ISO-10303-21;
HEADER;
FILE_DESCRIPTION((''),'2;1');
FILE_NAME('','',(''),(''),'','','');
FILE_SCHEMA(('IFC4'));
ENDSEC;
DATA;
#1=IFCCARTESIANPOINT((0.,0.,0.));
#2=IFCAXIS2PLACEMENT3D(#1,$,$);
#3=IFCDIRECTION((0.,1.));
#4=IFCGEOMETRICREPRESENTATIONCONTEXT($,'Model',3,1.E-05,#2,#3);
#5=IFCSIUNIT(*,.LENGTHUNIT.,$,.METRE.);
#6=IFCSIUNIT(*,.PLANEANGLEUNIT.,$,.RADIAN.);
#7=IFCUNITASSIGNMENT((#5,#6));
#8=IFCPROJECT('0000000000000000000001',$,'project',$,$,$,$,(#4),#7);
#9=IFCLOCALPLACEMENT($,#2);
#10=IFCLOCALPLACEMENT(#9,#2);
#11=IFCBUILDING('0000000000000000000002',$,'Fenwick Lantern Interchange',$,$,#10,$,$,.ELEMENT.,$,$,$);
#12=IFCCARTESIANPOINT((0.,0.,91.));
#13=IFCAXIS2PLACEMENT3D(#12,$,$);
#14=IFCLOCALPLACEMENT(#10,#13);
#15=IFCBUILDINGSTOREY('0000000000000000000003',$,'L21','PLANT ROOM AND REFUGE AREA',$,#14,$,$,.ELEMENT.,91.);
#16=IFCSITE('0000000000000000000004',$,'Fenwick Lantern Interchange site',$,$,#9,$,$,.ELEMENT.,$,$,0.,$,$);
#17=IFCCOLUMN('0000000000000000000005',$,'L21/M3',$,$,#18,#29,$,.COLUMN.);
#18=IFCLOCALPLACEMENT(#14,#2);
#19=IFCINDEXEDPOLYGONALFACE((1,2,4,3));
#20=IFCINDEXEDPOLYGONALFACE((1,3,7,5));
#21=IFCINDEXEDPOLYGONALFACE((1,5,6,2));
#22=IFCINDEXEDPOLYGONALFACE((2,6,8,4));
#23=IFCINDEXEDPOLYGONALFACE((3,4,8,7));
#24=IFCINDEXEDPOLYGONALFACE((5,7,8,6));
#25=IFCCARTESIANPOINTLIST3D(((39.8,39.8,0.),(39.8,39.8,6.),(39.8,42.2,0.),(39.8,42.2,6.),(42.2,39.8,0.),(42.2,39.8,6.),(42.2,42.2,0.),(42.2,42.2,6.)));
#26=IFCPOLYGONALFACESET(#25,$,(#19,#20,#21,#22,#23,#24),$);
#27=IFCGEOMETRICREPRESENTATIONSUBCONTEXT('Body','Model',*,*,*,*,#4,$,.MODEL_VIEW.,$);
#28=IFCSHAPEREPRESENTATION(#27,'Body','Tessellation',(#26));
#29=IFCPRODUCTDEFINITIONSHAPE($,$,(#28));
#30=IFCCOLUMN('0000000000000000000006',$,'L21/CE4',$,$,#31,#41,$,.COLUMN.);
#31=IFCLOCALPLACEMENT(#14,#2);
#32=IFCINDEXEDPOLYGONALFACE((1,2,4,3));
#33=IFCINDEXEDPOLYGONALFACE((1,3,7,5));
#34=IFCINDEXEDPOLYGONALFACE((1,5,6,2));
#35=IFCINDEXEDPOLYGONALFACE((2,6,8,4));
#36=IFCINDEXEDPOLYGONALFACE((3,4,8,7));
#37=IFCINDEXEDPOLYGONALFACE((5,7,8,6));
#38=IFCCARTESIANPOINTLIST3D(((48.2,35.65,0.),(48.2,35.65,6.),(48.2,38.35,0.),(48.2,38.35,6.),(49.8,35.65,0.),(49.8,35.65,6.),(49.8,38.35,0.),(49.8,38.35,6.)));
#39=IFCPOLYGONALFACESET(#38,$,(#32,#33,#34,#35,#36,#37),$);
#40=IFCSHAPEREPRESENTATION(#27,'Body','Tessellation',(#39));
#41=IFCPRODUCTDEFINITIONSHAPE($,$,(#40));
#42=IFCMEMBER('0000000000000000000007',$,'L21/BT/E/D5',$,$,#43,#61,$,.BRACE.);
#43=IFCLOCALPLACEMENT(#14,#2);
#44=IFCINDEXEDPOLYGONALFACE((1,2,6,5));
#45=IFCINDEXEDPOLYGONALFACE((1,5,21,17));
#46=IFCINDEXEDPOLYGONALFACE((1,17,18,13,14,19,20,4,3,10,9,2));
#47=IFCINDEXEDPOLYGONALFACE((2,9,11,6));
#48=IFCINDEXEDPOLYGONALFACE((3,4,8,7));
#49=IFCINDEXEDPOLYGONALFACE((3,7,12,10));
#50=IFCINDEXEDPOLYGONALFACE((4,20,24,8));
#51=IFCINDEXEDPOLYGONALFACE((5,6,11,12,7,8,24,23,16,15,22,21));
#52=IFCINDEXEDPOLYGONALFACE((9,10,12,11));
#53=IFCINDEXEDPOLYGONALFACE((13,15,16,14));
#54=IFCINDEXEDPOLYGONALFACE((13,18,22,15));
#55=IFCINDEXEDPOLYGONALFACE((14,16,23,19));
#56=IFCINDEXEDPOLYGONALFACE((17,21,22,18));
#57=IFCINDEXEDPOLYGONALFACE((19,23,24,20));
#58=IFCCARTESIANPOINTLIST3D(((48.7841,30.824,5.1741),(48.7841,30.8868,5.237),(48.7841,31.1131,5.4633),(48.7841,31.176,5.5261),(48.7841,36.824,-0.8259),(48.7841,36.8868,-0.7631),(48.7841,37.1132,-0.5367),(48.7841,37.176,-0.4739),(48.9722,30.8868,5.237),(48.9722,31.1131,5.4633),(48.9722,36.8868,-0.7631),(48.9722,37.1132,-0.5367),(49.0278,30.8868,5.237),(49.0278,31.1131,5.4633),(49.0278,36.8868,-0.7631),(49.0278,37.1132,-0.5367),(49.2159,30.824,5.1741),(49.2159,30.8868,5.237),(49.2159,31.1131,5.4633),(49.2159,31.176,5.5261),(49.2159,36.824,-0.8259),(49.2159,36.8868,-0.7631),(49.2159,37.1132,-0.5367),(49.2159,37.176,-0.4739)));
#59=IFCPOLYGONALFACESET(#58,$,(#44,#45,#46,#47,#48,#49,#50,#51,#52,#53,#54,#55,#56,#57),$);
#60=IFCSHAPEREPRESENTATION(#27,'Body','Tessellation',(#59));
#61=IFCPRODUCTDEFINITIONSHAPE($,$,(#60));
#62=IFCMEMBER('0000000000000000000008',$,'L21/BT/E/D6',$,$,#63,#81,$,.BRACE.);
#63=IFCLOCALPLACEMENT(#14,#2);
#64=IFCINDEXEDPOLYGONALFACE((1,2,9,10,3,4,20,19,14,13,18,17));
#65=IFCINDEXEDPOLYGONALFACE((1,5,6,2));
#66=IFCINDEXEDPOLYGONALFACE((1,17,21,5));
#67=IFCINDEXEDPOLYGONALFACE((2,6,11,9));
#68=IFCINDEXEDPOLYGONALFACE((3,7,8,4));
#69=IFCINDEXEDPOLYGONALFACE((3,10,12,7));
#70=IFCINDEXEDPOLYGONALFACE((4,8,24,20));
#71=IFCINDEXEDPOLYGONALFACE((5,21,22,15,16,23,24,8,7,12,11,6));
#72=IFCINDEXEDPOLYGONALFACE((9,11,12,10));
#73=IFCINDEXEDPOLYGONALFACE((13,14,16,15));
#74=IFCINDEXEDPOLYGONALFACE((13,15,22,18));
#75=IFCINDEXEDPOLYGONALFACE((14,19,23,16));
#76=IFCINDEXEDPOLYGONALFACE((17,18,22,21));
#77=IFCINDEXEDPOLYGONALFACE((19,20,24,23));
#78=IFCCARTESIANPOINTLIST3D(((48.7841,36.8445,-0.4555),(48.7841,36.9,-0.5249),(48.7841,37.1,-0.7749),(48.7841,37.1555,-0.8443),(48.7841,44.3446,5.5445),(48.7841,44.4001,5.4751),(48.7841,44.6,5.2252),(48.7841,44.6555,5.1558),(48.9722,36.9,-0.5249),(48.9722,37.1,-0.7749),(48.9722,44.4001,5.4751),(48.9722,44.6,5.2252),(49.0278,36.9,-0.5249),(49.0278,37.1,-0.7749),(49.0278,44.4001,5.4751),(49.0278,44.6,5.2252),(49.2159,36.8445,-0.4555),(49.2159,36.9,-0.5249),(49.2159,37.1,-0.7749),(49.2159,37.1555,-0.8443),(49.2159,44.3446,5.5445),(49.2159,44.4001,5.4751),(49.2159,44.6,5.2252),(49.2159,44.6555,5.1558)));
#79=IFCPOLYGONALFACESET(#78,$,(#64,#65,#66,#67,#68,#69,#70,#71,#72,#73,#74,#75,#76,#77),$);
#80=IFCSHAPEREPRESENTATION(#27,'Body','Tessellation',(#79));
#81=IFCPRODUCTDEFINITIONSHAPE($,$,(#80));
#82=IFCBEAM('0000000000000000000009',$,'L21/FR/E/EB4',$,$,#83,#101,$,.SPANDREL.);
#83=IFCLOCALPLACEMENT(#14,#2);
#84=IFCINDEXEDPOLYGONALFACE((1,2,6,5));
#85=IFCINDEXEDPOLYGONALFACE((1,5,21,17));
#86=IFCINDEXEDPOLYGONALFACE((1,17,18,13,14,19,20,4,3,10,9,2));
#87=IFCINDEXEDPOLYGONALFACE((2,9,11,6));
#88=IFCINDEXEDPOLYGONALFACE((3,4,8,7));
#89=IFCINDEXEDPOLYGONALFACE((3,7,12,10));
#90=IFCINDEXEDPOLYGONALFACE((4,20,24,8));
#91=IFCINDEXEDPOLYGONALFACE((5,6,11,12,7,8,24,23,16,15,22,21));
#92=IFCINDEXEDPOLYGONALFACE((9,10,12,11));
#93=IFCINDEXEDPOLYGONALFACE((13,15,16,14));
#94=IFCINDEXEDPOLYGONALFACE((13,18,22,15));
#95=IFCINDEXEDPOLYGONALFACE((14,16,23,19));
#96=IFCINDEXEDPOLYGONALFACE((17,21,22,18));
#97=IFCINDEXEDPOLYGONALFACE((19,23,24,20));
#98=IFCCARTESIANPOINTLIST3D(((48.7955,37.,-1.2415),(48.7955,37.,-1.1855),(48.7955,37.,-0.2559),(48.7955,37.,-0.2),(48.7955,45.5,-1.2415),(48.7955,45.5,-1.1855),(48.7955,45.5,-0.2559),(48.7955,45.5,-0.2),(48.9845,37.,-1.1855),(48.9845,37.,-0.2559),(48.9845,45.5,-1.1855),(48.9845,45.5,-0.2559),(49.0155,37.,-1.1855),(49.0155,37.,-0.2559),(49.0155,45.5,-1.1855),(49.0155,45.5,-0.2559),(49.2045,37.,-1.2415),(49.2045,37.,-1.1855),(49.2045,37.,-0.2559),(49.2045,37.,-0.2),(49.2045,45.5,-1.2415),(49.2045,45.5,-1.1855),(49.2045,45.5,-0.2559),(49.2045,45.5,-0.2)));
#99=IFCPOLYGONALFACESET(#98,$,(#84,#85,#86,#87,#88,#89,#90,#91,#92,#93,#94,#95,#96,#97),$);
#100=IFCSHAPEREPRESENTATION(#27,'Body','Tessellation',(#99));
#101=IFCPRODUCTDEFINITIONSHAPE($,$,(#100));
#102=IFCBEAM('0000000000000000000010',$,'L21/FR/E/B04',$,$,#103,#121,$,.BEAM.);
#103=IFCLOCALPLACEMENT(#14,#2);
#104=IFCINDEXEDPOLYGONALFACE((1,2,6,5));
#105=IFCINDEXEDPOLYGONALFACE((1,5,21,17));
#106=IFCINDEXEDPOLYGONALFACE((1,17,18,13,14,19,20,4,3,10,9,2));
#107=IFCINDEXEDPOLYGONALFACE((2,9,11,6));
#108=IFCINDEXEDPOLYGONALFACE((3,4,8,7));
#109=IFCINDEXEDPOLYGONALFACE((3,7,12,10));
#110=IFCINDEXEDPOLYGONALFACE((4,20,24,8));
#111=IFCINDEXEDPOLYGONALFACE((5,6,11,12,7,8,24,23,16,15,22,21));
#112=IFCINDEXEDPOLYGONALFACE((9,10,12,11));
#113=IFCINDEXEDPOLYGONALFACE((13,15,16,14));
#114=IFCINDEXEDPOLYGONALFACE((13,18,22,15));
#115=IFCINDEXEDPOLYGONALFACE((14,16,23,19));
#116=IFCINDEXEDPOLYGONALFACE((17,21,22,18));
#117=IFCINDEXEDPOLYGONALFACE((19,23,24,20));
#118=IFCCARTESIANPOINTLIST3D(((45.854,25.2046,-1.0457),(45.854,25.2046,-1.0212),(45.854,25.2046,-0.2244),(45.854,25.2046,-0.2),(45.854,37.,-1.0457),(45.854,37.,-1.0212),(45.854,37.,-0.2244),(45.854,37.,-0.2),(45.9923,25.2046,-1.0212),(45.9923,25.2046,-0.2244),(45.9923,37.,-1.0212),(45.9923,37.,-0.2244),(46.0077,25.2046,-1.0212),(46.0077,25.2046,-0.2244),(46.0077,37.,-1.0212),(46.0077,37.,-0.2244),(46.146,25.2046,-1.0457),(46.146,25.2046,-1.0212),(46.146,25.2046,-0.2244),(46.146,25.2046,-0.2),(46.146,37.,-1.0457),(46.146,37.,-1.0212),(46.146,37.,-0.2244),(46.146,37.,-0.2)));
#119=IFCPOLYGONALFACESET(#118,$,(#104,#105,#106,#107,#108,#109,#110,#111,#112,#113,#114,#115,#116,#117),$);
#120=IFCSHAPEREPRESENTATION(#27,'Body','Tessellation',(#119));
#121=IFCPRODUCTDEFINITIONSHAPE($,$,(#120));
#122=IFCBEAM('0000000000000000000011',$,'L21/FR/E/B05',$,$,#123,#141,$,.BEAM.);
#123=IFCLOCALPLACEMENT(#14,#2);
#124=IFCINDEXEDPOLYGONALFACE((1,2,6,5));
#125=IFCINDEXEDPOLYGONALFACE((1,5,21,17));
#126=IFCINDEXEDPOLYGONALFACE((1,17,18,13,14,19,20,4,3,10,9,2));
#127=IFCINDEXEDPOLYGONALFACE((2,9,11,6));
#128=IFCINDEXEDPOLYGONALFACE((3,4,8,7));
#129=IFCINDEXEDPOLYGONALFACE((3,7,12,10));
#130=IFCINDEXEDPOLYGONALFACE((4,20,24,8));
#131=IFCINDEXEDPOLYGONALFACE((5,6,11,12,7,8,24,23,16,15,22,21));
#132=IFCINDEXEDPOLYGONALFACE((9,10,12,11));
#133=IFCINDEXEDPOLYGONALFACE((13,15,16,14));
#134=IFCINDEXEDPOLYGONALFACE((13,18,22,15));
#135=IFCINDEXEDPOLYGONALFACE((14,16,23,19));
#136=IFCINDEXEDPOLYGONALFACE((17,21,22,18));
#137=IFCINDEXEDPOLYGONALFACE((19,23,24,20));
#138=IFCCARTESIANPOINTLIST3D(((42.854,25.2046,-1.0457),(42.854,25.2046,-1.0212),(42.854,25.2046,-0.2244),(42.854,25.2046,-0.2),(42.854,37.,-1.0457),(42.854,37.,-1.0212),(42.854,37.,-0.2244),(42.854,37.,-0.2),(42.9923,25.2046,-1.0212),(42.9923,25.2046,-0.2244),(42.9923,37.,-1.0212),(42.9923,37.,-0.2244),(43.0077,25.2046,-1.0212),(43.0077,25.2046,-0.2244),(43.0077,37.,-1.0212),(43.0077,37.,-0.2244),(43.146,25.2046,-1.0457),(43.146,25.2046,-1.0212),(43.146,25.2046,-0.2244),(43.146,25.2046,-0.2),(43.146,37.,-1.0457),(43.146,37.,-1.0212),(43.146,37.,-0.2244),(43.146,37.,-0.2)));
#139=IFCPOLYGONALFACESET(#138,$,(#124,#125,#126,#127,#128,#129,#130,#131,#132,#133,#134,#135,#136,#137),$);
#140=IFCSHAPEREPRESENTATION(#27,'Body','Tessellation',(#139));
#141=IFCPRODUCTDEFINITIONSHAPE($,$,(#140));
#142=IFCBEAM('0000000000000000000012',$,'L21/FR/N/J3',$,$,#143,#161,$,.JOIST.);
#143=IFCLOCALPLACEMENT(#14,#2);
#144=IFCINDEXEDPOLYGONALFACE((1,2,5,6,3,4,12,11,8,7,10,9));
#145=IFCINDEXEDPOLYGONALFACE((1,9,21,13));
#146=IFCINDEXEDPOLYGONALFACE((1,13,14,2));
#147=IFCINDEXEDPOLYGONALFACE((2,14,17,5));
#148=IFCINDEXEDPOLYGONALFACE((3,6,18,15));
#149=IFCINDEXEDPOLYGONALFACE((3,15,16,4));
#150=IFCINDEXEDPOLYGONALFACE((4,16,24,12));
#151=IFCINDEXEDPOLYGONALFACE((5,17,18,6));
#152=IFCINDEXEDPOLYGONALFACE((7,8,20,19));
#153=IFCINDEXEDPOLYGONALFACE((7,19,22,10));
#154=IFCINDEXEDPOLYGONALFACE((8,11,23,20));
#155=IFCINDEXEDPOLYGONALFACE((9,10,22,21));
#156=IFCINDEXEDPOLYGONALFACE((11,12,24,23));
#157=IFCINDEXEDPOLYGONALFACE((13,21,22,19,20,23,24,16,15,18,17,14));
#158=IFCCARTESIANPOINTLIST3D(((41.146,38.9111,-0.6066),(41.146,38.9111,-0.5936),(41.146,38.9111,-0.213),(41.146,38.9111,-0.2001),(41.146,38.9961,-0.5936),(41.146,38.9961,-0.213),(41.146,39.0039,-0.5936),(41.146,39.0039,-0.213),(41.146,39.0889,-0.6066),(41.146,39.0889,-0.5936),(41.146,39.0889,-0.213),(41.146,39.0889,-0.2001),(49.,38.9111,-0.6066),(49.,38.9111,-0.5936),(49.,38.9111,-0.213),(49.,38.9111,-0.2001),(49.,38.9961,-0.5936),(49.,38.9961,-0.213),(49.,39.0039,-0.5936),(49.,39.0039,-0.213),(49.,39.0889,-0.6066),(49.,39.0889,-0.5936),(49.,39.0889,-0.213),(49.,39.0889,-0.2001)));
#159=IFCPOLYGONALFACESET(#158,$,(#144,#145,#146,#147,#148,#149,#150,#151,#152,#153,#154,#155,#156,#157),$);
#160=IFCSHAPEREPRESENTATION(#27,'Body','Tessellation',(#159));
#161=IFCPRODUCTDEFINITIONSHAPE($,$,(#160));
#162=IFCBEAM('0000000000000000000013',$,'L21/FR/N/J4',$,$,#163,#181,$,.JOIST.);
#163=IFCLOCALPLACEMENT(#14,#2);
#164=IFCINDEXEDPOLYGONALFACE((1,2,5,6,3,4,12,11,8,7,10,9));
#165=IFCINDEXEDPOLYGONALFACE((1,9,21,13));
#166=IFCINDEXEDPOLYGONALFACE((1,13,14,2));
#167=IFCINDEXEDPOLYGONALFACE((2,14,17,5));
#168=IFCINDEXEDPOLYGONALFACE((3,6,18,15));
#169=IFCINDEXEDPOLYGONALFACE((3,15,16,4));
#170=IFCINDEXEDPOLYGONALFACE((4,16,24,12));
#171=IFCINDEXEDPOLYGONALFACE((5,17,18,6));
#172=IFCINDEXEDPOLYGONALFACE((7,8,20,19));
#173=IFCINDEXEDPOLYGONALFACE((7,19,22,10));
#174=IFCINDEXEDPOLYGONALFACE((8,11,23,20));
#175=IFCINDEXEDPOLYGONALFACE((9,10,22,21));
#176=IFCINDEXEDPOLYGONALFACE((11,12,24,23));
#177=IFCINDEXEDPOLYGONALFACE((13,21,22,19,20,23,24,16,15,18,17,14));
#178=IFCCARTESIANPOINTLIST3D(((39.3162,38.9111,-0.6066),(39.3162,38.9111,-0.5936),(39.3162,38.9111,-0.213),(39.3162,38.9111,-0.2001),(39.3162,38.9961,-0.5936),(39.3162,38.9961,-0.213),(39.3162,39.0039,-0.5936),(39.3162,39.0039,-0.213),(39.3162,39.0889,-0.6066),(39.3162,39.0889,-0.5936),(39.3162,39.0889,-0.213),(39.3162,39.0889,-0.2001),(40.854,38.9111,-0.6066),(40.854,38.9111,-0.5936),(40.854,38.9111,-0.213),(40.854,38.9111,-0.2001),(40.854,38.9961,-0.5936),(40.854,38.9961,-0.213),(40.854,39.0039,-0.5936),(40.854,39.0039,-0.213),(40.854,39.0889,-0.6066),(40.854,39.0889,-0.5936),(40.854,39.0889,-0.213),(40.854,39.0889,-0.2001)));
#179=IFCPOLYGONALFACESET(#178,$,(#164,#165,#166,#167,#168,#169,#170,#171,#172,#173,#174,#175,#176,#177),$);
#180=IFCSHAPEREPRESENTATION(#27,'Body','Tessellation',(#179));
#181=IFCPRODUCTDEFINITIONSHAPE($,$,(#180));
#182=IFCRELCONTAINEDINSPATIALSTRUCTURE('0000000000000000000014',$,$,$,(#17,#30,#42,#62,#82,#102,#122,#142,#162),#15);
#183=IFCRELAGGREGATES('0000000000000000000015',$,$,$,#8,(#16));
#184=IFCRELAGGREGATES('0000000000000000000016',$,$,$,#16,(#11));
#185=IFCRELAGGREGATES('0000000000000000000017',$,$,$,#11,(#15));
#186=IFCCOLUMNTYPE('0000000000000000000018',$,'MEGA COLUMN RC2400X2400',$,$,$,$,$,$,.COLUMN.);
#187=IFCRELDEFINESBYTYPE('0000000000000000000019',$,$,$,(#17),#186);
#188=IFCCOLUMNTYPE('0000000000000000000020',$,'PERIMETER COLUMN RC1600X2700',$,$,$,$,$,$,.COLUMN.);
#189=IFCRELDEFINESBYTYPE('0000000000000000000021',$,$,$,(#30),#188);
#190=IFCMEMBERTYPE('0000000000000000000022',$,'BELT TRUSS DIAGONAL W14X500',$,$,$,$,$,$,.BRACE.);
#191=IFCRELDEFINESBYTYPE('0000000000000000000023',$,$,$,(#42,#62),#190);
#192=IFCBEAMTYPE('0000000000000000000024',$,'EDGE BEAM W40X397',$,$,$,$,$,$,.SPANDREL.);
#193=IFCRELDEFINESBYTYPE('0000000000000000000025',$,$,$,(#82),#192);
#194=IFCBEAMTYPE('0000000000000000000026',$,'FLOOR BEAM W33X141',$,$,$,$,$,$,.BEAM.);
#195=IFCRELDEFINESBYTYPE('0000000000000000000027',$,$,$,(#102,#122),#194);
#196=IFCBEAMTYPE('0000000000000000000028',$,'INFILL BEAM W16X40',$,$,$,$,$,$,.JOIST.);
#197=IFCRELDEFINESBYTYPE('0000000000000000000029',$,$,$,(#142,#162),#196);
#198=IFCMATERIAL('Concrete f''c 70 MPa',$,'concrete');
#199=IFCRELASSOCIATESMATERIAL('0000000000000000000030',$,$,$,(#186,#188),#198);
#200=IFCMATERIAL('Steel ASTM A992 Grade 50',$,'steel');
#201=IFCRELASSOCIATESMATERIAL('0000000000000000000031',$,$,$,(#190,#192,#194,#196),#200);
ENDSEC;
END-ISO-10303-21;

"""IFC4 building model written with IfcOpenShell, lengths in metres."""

from ifc_helpers import new_model, si_unit, direction, frame, origin, origin_2d, place, context, subcontext, project, spatial, rectangle, i_section, extrude, material, material_profile, profile_set, type_object, element, save


model = new_model("IFC4")

# Units and contexts
model_context = context("Model", 3, precision=1e-05, world=origin(), true_north=direction((0.0, 1.0)))
body_context = subcontext(model_context, "Body", "Model", "MODEL_VIEW")
ifc_project = project(units=[si_unit("LENGTHUNIT", "METRE"), si_unit("PLANEANGLEUNIT", "RADIAN")], contexts=[model_context])

# Site, building, storey
site_placement = place(None, origin())
site = spatial("IfcSite", under=ifc_project, at=site_placement, Name="Fenwick Lantern Interchange site", CompositionType="ELEMENT", RefElevation=0.0)
building_placement = place(site_placement, origin())
building = spatial("IfcBuilding", under=site, at=building_placement, Name="Fenwick Lantern Interchange", CompositionType="ELEMENT")
storey_placement = place(building_placement, frame((0.0, 0.0, 91.0)))
storey = spatial("IfcBuildingStorey", under=building, at=storey_placement, Name="L21", Description="PLANT ROOM AND REFUGE AREA", CompositionType="ELEMENT", Elevation=91.0)

# Columns
ifc_material_1 = material(Name="Concrete f'c 70 MPa", Category="concrete")
ifc_material_profile_1 = material_profile(ifc_material_1, rectangle(XDim=2.3999, YDim=2.3999, at=origin_2d()), Name="RC2400X2400")
ifc_profile_set_1 = profile_set([ifc_material_profile_1], Name="Concrete f'c 70 MPa")
column_type_1 = type_object("IfcColumnType", Name="MEGA COLUMN RC2400X2400", PredefinedType="COLUMN", material=ifc_profile_set_1)
column_1_placement = place(storey_placement, frame((41.0, 41.0, 0.0), z_axis=(0.0, 0.0, 1.0), x_axis=(1.0, 0.0, 0.0)))
element("IfcColumn", 1, at=column_1_placement, inside=storey, type_object=column_type_1, Name="L21/M3", PredefinedType="COLUMN", context=body_context, shape_type="SweptSolid", body=[
    extrude(rectangle(XDim=2.3999, YDim=2.3999, at=origin_2d()), origin(), (0.0, 0.0, 1.0), 6.0),
])
ifc_material_profile_2 = material_profile(ifc_material_1, rectangle(XDim=1.6001, YDim=2.7, at=origin_2d()), Name="RC1600X2700")
ifc_profile_set_2 = profile_set([ifc_material_profile_2], Name="Concrete f'c 70 MPa")
column_type_2 = type_object("IfcColumnType", Name="PERIMETER COLUMN RC1600X2700", PredefinedType="COLUMN", material=ifc_profile_set_2)
column_2_placement = place(storey_placement, frame((49.0, 37.0, 0.0), z_axis=(0.0, 0.0, 1.0), x_axis=(1.0, 0.0, 0.0)))
element("IfcColumn", 2, at=column_2_placement, inside=storey, type_object=column_type_2, Name="L21/CE4", PredefinedType="COLUMN", context=body_context, shape_type="SweptSolid", body=[
    extrude(rectangle(XDim=1.6001, YDim=2.7, at=origin_2d()), origin(), (0.0, 0.0, 1.0), 6.0),
])

# Members
ifc_material_2 = material(Name="Steel ASTM A992 Grade 50", Category="steel")
ifc_material_profile_3 = material_profile(ifc_material_2, i_section(OverallWidth=0.4319, OverallDepth=0.4978, WebThickness=0.0557, FlangeThickness=0.0889, at=origin_2d()), Name="W14X500")
ifc_profile_set_3 = profile_set([ifc_material_profile_3], Name="Steel ASTM A992 Grade 50")
member_type_1 = type_object("IfcMemberType", Name="BELT TRUSS DIAGONAL W14X500", PredefinedType="BRACE", material=ifc_profile_set_3)
member_1_placement = place(storey_placement, frame((49.0, 37.0, -0.6499), z_axis=(0.0, -0.707107, 0.707107), x_axis=(1.0, 0.0, 0.0)))
element("IfcMember", 3, at=member_1_placement, inside=storey, type_object=member_type_1, Name="L21/BT/E/D5", PredefinedType="BRACE", context=body_context, shape_type="SweptSolid", body=[
    extrude(i_section(OverallWidth=0.4319, OverallDepth=0.4978, WebThickness=0.0557, FlangeThickness=0.0889, at=origin_2d()), origin(), (0.0, 0.0, 1.0), 8.4854),
])
member_2_placement = place(storey_placement, frame((49.0, 37.0, -0.6499), z_axis=(0.0, 0.780869, 0.624695), x_axis=(-1.0, 0.0, 0.0)))
element("IfcMember", 4, at=member_2_placement, inside=storey, type_object=member_type_1, Name="L21/BT/E/D6", PredefinedType="BRACE", context=body_context, shape_type="SweptSolid", body=[
    extrude(i_section(OverallWidth=0.4319, OverallDepth=0.4978, WebThickness=0.0557, FlangeThickness=0.0889, at=origin_2d()), origin(), (0.0, 0.0, 1.0), 9.6047),
])

# Beams
ifc_material_profile_4 = material_profile(ifc_material_2, i_section(OverallWidth=0.4089, OverallDepth=1.0415, WebThickness=0.031, FlangeThickness=0.0559, at=origin_2d()), Name="W40X397")
ifc_profile_set_4 = profile_set([ifc_material_profile_4], Name="Steel ASTM A992 Grade 50")
beam_type_1 = type_object("IfcBeamType", Name="EDGE BEAM W40X397", PredefinedType="SPANDREL", material=ifc_profile_set_4)
beam_1_placement = place(storey_placement, frame((49.0, 37.0, -0.7207), z_axis=(0.0, 1.0, 0.0), x_axis=(-1.0, 0.0, 0.0)))
element("IfcBeam", 5, at=beam_1_placement, inside=storey, type_object=beam_type_1, Name="L21/FR/E/EB4", PredefinedType="SPANDREL", context=body_context, shape_type="SweptSolid", body=[
    extrude(i_section(OverallWidth=0.4089, OverallDepth=1.0415, WebThickness=0.031, FlangeThickness=0.0559, at=origin_2d()), origin(), (0.0, 0.0, 1.0), 8.5),
])
ifc_material_profile_5 = material_profile(ifc_material_2, i_section(OverallWidth=0.292, OverallDepth=0.8457, WebThickness=0.0154, FlangeThickness=0.0244, at=origin_2d()), Name="W33X141")
ifc_profile_set_5 = profile_set([ifc_material_profile_5], Name="Steel ASTM A992 Grade 50")
beam_type_2 = type_object("IfcBeamType", Name="FLOOR BEAM W33X141", PredefinedType="BEAM", material=ifc_profile_set_5)
for number, where, z_axis, x_axis, name in (
    (6, (46.0, 25.2046, -0.6228), (0.0, 1.0, 0.0), (-1.0, 0.0, 0.0), "L21/FR/E/B04"),
    (7, (43.0, 25.2046, -0.6228), (0.0, 1.0, 0.0), (-1.0, 0.0, 0.0), "L21/FR/E/B05"),
):
    element("IfcBeam", number, at=place(storey_placement, frame(where, z_axis=z_axis, x_axis=x_axis)), inside=storey, type_object=beam_type_2, Name=name, PredefinedType="BEAM", context=body_context, shape_type="SweptSolid", body=[
        extrude(i_section(OverallWidth=0.292, OverallDepth=0.8457, WebThickness=0.0154, FlangeThickness=0.0244, at=origin_2d()), origin(), (0.0, 0.0, 1.0), 11.7954),
    ])
ifc_material_profile_6 = material_profile(ifc_material_2, i_section(OverallWidth=0.1777, OverallDepth=0.4065, WebThickness=0.0078, FlangeThickness=0.0129, at=origin_2d()), Name="W16X40")
ifc_profile_set_6 = profile_set([ifc_material_profile_6], Name="Steel ASTM A992 Grade 50")
beam_type_3 = type_object("IfcBeamType", Name="INFILL BEAM W16X40", PredefinedType="JOIST", material=ifc_profile_set_6)
beam_2_placement = place(storey_placement, frame((49.0, 39.0, -0.4033), z_axis=(-1.0, 0.0, 0.0), x_axis=(0.0, -1.0, 0.0)))
element("IfcBeam", 8, at=beam_2_placement, inside=storey, type_object=beam_type_3, Name="L21/FR/N/J3", PredefinedType="JOIST", context=body_context, shape_type="SweptSolid", body=[
    extrude(i_section(OverallWidth=0.1777, OverallDepth=0.4065, WebThickness=0.0078, FlangeThickness=0.0129, at=origin_2d()), origin(), (0.0, 0.0, 1.0), 7.854),
])
beam_3_placement = place(storey_placement, frame((40.854, 39.0, -0.4033), z_axis=(-1.0, 0.0, 0.0), x_axis=(0.0, -1.0, 0.0)))
element("IfcBeam", 9, at=beam_3_placement, inside=storey, type_object=beam_type_3, Name="L21/FR/N/J4", PredefinedType="JOIST", context=body_context, shape_type="SweptSolid", body=[
    extrude(i_section(OverallWidth=0.1777, OverallDepth=0.4065, WebThickness=0.0078, FlangeThickness=0.0129, at=origin_2d()), origin(), (0.0, 0.0, 1.0), 1.5378),
])

save(model, "model.ifc")
